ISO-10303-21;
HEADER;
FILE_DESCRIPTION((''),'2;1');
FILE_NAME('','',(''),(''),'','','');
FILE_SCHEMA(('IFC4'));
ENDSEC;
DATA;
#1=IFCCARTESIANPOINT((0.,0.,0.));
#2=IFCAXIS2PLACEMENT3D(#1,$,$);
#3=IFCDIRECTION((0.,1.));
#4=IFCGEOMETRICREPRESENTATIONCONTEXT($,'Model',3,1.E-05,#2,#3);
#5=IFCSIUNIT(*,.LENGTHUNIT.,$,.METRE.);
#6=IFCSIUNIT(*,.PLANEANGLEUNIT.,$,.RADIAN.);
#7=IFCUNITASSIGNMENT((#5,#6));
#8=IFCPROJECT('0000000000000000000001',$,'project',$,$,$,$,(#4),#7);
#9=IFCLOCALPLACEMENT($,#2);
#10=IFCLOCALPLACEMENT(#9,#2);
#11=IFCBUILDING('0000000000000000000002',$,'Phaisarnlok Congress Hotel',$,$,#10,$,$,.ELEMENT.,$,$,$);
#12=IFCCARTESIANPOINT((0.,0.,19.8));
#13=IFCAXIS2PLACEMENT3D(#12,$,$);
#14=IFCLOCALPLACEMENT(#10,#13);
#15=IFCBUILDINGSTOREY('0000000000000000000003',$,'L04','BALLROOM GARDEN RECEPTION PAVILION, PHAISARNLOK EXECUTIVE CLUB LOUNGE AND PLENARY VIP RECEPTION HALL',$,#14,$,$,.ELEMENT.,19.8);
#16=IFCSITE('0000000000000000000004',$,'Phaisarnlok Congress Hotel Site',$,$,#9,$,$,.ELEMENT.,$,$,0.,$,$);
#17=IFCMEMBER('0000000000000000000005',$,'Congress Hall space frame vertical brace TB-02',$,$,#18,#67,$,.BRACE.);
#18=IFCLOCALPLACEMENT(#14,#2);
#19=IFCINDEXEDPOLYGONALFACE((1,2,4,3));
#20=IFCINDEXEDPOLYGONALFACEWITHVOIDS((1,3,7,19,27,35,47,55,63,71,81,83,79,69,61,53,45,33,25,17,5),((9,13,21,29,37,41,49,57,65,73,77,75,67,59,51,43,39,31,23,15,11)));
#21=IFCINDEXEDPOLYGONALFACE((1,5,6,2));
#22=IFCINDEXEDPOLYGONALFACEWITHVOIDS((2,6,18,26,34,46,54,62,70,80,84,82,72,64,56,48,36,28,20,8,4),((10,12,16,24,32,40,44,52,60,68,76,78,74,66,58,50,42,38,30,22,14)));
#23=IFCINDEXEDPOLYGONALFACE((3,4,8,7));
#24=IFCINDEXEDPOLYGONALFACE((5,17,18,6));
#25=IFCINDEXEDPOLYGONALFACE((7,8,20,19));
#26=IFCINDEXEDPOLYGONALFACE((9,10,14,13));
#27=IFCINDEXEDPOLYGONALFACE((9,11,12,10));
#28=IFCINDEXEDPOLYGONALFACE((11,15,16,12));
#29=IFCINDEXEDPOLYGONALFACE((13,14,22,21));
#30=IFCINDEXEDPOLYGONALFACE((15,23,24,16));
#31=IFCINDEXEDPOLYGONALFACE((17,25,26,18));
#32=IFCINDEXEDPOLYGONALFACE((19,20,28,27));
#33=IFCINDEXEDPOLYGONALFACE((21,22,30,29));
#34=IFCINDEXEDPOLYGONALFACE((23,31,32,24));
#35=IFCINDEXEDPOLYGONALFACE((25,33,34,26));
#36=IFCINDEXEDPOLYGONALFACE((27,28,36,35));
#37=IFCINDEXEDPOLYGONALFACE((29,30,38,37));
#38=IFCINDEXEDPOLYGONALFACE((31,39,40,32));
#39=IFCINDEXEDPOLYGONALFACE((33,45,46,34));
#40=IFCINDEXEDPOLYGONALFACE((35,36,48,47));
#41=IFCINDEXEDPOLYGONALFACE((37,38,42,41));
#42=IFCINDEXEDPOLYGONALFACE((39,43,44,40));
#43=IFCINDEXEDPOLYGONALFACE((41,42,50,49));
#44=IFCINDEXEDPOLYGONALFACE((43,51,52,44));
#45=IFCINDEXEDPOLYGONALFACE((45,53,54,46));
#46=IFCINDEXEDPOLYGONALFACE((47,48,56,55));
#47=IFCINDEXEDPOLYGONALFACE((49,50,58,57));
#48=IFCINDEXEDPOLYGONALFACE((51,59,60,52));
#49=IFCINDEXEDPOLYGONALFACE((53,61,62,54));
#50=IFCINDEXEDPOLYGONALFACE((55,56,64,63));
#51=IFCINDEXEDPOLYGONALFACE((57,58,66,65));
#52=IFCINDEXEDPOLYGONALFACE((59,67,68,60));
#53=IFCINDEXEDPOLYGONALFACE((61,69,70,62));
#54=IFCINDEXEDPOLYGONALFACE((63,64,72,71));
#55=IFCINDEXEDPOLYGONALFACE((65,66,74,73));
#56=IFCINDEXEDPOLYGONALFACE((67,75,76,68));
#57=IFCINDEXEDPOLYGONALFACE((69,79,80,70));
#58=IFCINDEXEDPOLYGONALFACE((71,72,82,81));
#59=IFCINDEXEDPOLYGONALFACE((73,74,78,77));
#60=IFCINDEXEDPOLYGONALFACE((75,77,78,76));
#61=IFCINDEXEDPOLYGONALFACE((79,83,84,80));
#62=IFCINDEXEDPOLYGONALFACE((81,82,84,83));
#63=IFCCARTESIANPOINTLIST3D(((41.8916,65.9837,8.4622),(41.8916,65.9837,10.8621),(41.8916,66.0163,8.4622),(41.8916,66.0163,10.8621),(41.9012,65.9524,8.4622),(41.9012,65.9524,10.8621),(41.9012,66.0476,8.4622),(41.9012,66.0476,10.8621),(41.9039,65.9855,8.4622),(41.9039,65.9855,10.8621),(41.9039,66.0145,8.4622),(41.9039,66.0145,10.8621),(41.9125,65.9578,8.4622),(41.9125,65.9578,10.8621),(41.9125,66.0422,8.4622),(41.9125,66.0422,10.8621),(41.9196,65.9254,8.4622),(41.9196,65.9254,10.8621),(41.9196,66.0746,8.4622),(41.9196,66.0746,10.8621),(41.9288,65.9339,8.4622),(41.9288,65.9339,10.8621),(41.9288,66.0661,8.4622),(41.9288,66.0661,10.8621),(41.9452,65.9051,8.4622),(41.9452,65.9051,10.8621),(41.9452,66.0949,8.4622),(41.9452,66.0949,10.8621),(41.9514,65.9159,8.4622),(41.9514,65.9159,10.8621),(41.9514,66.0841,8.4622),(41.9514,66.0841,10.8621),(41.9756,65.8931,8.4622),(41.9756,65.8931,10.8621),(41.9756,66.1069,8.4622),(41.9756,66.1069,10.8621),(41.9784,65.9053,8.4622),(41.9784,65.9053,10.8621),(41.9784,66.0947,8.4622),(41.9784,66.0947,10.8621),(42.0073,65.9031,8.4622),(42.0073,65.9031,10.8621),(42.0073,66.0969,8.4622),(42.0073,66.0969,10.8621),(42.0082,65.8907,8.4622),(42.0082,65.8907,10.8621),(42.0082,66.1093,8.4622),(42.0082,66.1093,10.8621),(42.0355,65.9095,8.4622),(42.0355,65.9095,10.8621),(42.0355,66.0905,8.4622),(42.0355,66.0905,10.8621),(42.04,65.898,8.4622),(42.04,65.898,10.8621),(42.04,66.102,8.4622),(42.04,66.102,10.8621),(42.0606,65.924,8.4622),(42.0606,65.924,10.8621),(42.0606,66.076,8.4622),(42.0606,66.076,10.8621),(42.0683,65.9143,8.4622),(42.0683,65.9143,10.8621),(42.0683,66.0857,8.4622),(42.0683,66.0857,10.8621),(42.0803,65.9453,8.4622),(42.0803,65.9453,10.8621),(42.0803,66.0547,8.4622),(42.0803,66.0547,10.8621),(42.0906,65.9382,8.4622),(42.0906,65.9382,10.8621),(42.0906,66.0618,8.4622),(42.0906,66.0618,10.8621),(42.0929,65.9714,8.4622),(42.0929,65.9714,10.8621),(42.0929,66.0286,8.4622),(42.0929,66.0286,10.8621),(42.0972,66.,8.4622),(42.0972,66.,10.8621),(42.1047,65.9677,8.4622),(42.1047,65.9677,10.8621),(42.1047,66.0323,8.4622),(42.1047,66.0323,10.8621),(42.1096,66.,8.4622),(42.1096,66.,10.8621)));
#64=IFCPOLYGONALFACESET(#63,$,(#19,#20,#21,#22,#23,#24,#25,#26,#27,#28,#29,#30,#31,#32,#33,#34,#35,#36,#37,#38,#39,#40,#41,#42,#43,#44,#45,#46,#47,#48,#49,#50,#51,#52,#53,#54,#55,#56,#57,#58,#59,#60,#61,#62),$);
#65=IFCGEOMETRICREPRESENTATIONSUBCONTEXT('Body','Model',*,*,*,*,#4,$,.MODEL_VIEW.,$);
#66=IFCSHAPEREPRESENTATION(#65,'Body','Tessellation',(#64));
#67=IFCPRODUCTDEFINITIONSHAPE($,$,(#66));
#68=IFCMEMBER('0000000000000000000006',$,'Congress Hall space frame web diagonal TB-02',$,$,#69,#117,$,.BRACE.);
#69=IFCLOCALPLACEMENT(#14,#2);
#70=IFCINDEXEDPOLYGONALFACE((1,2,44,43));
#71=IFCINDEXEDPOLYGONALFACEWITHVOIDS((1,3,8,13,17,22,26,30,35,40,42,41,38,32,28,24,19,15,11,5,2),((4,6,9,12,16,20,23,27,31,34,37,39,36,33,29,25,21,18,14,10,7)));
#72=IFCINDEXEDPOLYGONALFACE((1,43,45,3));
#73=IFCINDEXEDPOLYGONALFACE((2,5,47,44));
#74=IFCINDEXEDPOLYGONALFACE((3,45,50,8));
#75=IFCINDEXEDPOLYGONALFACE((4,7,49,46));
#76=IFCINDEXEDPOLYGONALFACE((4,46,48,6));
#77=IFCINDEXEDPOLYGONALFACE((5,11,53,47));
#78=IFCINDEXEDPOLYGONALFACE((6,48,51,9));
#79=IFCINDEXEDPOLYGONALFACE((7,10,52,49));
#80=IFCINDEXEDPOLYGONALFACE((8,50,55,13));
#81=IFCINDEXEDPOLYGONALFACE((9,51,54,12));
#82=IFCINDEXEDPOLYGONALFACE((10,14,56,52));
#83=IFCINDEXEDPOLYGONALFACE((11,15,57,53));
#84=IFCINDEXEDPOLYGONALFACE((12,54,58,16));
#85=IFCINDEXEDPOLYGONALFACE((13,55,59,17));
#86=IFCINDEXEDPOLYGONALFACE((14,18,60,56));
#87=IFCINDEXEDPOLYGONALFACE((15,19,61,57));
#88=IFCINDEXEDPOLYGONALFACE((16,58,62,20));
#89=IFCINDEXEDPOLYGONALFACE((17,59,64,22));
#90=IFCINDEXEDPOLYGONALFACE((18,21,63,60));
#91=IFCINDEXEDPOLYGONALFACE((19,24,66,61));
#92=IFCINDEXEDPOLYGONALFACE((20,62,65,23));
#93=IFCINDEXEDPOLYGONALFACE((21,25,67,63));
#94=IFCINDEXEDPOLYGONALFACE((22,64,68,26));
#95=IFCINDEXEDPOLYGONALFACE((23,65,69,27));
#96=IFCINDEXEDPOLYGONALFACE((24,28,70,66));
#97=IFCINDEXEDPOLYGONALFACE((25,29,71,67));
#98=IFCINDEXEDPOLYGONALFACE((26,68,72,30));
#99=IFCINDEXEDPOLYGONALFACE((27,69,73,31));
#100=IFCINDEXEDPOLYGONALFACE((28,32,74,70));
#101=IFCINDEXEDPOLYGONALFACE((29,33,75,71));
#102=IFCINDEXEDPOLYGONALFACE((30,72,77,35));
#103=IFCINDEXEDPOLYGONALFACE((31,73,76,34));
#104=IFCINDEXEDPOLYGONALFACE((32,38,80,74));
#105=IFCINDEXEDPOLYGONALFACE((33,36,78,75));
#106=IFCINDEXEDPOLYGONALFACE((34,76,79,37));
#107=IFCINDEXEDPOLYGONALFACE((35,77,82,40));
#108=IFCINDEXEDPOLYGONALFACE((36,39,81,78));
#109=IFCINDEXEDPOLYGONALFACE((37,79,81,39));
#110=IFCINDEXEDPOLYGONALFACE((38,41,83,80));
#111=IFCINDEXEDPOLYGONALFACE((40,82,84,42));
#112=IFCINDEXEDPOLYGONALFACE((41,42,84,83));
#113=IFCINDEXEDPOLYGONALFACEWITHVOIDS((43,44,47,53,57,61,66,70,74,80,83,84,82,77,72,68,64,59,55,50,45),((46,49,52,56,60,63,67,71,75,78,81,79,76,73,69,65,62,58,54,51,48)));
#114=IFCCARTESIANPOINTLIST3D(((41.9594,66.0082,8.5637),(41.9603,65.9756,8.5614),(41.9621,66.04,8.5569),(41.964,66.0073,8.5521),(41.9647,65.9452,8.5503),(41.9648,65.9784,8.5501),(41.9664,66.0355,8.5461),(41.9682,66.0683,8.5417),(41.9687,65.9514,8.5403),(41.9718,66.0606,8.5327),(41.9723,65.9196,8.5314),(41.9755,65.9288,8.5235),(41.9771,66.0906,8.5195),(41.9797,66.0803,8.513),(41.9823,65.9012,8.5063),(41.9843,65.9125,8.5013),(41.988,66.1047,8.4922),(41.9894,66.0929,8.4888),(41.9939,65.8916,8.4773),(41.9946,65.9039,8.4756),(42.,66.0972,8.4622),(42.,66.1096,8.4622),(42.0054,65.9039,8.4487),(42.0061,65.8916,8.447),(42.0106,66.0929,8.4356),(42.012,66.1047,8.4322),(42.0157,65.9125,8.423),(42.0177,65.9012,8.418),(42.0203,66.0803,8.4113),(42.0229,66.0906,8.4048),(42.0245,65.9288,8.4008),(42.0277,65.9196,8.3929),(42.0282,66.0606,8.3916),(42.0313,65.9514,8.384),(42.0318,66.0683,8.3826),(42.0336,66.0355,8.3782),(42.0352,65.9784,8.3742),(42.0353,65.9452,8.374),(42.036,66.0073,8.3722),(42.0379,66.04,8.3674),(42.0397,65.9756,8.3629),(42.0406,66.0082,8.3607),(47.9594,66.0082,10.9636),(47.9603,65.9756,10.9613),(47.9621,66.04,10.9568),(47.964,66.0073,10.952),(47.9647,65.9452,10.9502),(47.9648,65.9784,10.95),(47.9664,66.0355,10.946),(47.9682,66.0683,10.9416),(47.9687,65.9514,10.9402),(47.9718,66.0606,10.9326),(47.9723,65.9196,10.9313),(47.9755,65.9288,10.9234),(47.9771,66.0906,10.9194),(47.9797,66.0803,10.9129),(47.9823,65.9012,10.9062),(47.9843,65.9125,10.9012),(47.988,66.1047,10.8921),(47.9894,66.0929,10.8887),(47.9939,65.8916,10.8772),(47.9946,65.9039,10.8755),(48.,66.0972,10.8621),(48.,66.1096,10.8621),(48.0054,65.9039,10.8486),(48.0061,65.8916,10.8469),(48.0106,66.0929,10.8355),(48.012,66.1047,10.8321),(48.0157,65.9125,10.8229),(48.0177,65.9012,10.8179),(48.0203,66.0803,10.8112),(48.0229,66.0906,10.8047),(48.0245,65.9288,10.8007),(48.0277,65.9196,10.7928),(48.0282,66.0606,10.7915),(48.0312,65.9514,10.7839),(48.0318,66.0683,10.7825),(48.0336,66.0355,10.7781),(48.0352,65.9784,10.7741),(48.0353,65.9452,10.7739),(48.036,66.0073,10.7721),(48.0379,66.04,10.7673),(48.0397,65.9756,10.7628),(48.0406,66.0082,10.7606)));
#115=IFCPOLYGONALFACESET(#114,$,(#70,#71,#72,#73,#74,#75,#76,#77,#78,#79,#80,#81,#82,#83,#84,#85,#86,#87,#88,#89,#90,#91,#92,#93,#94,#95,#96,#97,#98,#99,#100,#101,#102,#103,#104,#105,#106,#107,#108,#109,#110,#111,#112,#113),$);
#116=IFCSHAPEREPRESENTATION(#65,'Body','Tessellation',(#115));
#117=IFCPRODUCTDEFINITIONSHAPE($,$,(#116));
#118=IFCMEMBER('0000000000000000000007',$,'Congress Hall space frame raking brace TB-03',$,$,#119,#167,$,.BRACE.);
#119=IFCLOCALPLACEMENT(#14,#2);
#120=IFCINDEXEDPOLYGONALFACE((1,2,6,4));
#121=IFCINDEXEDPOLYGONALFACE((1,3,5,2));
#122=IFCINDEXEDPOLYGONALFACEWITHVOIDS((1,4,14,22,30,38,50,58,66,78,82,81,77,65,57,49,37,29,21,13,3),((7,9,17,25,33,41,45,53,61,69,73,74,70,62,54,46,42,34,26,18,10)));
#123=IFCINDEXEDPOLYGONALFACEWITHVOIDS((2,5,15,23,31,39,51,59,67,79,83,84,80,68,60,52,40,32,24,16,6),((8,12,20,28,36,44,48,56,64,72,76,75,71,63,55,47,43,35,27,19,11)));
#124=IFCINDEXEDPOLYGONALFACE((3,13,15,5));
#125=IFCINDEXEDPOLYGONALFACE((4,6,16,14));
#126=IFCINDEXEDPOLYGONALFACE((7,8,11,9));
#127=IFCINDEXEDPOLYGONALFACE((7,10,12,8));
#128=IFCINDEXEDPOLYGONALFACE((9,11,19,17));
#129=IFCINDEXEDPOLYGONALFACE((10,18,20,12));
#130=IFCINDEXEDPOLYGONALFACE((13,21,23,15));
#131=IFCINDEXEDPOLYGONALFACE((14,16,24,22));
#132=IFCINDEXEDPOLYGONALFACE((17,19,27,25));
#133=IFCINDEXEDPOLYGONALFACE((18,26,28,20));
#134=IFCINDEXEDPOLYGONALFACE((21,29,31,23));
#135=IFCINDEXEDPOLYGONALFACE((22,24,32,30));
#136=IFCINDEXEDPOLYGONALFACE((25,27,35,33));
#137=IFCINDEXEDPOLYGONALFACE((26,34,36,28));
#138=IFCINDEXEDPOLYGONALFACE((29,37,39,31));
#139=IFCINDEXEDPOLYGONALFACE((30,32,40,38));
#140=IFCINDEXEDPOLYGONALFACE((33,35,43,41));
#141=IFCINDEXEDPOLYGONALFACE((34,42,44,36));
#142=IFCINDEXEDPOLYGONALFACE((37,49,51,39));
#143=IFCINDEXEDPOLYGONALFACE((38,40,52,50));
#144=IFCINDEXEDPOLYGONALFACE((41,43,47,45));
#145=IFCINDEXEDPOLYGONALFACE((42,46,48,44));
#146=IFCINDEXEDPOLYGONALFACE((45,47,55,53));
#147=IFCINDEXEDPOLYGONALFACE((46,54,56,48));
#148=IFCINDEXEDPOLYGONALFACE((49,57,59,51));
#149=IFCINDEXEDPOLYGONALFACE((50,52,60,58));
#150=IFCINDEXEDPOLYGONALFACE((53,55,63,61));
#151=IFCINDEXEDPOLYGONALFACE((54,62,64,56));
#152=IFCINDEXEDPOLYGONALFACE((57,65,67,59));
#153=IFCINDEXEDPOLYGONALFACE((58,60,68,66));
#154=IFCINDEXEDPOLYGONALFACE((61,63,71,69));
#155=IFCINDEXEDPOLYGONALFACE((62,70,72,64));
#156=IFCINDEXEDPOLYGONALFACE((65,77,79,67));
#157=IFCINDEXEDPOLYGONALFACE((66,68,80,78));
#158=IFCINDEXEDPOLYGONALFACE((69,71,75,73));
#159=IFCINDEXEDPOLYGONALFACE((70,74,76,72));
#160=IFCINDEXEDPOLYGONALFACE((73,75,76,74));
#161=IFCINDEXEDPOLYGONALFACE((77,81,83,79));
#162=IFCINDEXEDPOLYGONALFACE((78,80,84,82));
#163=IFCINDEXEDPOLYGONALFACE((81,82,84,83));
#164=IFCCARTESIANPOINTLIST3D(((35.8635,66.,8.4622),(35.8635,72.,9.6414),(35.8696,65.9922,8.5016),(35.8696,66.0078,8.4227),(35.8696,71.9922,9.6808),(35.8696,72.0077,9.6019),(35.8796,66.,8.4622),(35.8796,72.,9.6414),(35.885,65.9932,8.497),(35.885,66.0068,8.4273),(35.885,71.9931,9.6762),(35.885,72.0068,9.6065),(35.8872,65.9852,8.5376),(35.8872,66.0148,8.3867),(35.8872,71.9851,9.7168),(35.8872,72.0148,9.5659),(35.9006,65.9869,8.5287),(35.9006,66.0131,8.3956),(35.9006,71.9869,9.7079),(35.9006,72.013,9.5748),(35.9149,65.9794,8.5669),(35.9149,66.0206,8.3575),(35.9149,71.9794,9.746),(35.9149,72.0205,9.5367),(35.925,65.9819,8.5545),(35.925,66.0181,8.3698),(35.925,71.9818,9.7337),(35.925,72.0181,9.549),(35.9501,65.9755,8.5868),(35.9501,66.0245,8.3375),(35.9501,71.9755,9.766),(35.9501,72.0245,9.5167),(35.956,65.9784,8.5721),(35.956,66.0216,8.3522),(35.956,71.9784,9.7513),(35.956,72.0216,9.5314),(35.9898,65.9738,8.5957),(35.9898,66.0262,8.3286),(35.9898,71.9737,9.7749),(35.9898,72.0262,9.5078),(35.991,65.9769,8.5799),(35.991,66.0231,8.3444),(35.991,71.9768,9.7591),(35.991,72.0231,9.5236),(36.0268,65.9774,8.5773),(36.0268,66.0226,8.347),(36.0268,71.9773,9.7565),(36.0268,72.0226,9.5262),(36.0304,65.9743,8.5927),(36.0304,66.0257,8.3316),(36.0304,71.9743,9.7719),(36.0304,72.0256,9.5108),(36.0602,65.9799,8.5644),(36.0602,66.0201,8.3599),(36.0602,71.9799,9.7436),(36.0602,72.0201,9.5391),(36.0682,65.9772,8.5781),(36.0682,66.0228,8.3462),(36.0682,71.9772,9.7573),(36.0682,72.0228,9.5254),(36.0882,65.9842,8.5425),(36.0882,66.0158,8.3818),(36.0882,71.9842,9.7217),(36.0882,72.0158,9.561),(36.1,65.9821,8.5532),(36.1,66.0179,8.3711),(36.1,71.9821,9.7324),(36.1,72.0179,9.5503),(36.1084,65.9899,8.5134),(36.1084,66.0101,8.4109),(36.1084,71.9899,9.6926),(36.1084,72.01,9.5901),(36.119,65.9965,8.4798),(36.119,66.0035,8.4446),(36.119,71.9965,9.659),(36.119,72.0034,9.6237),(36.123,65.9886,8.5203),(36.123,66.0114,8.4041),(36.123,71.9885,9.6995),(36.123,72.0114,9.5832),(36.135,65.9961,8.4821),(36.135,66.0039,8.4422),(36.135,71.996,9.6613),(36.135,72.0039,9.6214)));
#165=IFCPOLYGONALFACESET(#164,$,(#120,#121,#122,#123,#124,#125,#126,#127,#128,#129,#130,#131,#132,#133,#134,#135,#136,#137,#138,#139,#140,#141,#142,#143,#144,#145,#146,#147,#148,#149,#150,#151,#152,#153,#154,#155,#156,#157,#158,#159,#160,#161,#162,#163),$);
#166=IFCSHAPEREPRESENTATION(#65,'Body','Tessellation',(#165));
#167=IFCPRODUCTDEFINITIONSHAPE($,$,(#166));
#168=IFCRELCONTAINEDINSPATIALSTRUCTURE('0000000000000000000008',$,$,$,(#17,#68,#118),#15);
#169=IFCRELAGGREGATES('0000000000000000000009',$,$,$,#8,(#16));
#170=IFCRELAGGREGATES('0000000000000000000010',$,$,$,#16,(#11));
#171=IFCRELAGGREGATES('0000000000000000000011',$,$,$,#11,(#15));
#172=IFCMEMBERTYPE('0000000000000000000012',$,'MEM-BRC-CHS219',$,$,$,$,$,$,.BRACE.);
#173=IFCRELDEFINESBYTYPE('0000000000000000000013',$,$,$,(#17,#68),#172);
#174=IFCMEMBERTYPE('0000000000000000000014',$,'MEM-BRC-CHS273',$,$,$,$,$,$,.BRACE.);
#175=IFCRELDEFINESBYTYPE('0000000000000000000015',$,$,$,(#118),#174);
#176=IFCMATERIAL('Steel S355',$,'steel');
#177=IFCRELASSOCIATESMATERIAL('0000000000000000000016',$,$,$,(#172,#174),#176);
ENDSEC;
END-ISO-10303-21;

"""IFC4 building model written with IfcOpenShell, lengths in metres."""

from ifc_helpers import new_model, si_unit, direction, frame, origin, origin_2d, place, context, subcontext, project, spatial, hollow_circle, extrude, material, material_profile, profile_set, type_object, element, save


model = new_model("IFC4")

# Units and contexts
model_context = context("Model", 3, precision=1e-05, world=origin(), true_north=direction((0.0, 1.0)))
body_context = subcontext(model_context, "Body", "Model", "MODEL_VIEW")
ifc_project = project(units=[si_unit("LENGTHUNIT", "METRE"), si_unit("PLANEANGLEUNIT", "RADIAN")], contexts=[model_context])

# Site, building, storey
site_placement = place(None, origin())
site = spatial("IfcSite", under=ifc_project, at=site_placement, Name="Phaisarnlok Congress Hotel Site", CompositionType="ELEMENT", RefElevation=0.0)
building_placement = place(site_placement, origin())
building = spatial("IfcBuilding", under=site, at=building_placement, Name="Phaisarnlok Congress Hotel", CompositionType="ELEMENT")
storey_placement = place(building_placement, frame((0.0, 0.0, 19.8)))
storey = spatial("IfcBuildingStorey", under=building, at=storey_placement, Name="L04", Description="BALLROOM GARDEN RECEPTION PAVILION, PHAISARNLOK EXECUTIVE CLUB LOUNGE AND PLENARY VIP RECEPTION HALL", CompositionType="ELEMENT", Elevation=19.8)

# Members
ifc_material = material(Name="Steel S355", Category="steel")
ifc_material_profile_1 = material_profile(ifc_material, hollow_circle(Radius=0.1096, WallThickness=0.0125, at=origin_2d()), Name="CHS 219.1x12.5")
ifc_profile_set_1 = profile_set([ifc_material_profile_1], Name="Steel S355")
member_type_1 = type_object("IfcMemberType", Name="MEM-BRC-CHS219", PredefinedType="BRACE", material=ifc_profile_set_1)
member_1_placement = place(storey_placement, frame((42.0, 66.0, 8.4622), z_axis=(0.0, 0.0, 1.0), x_axis=(1.0, 0.0, 0.0)))
element("IfcMember", 1, at=member_1_placement, inside=storey, type_object=member_type_1, Name="Congress Hall space frame vertical brace TB-02", PredefinedType="BRACE", context=body_context, shape_type="SweptSolid", body=[
    extrude(hollow_circle(Radius=0.1096, WallThickness=0.0125, at=origin_2d()), origin(), (0.0, 0.0, 1.0), 2.3999),
])
member_2_placement = place(storey_placement, frame((42.0, 66.0, 8.4622), z_axis=(0.928482, 0.0, 0.371378), x_axis=(0.0, 1.0, 0.0)))
element("IfcMember", 2, at=member_2_placement, inside=storey, type_object=member_type_1, Name="Congress Hall space frame web diagonal TB-02", PredefinedType="BRACE", context=body_context, shape_type="SweptSolid", body=[
    extrude(hollow_circle(Radius=0.1096, WallThickness=0.0125, at=origin_2d()), origin(), (0.0, 0.0, 1.0), 6.4622),
])
ifc_material_profile_2 = material_profile(ifc_material, hollow_circle(Radius=0.1365, WallThickness=0.0161, at=origin_2d()), Name="CHS 273x16")
ifc_profile_set_2 = profile_set([ifc_material_profile_2], Name="Steel S355")
member_type_2 = type_object("IfcMemberType", Name="MEM-BRC-CHS273", PredefinedType="BRACE", material=ifc_profile_set_2)
for number, where, z_axis, x_axis, name in (
    (3, (36.0, 66.0, 8.4622), (0.0, 0.981229, 0.192844), (-1.0, 0.0, 0.0), "Congress Hall space frame raking brace TB-03"),
):
    element("IfcMember", number, at=place(storey_placement, frame(where, z_axis=z_axis, x_axis=x_axis)), inside=storey, type_object=member_type_2, Name=name, PredefinedType="BRACE", context=body_context, shape_type="SweptSolid", body=[
        extrude(hollow_circle(Radius=0.1365, WallThickness=0.0161, at=origin_2d()), origin(), (0.0, 0.0, 1.0), 6.1147),
    ])

save(model, "model.ifc")
